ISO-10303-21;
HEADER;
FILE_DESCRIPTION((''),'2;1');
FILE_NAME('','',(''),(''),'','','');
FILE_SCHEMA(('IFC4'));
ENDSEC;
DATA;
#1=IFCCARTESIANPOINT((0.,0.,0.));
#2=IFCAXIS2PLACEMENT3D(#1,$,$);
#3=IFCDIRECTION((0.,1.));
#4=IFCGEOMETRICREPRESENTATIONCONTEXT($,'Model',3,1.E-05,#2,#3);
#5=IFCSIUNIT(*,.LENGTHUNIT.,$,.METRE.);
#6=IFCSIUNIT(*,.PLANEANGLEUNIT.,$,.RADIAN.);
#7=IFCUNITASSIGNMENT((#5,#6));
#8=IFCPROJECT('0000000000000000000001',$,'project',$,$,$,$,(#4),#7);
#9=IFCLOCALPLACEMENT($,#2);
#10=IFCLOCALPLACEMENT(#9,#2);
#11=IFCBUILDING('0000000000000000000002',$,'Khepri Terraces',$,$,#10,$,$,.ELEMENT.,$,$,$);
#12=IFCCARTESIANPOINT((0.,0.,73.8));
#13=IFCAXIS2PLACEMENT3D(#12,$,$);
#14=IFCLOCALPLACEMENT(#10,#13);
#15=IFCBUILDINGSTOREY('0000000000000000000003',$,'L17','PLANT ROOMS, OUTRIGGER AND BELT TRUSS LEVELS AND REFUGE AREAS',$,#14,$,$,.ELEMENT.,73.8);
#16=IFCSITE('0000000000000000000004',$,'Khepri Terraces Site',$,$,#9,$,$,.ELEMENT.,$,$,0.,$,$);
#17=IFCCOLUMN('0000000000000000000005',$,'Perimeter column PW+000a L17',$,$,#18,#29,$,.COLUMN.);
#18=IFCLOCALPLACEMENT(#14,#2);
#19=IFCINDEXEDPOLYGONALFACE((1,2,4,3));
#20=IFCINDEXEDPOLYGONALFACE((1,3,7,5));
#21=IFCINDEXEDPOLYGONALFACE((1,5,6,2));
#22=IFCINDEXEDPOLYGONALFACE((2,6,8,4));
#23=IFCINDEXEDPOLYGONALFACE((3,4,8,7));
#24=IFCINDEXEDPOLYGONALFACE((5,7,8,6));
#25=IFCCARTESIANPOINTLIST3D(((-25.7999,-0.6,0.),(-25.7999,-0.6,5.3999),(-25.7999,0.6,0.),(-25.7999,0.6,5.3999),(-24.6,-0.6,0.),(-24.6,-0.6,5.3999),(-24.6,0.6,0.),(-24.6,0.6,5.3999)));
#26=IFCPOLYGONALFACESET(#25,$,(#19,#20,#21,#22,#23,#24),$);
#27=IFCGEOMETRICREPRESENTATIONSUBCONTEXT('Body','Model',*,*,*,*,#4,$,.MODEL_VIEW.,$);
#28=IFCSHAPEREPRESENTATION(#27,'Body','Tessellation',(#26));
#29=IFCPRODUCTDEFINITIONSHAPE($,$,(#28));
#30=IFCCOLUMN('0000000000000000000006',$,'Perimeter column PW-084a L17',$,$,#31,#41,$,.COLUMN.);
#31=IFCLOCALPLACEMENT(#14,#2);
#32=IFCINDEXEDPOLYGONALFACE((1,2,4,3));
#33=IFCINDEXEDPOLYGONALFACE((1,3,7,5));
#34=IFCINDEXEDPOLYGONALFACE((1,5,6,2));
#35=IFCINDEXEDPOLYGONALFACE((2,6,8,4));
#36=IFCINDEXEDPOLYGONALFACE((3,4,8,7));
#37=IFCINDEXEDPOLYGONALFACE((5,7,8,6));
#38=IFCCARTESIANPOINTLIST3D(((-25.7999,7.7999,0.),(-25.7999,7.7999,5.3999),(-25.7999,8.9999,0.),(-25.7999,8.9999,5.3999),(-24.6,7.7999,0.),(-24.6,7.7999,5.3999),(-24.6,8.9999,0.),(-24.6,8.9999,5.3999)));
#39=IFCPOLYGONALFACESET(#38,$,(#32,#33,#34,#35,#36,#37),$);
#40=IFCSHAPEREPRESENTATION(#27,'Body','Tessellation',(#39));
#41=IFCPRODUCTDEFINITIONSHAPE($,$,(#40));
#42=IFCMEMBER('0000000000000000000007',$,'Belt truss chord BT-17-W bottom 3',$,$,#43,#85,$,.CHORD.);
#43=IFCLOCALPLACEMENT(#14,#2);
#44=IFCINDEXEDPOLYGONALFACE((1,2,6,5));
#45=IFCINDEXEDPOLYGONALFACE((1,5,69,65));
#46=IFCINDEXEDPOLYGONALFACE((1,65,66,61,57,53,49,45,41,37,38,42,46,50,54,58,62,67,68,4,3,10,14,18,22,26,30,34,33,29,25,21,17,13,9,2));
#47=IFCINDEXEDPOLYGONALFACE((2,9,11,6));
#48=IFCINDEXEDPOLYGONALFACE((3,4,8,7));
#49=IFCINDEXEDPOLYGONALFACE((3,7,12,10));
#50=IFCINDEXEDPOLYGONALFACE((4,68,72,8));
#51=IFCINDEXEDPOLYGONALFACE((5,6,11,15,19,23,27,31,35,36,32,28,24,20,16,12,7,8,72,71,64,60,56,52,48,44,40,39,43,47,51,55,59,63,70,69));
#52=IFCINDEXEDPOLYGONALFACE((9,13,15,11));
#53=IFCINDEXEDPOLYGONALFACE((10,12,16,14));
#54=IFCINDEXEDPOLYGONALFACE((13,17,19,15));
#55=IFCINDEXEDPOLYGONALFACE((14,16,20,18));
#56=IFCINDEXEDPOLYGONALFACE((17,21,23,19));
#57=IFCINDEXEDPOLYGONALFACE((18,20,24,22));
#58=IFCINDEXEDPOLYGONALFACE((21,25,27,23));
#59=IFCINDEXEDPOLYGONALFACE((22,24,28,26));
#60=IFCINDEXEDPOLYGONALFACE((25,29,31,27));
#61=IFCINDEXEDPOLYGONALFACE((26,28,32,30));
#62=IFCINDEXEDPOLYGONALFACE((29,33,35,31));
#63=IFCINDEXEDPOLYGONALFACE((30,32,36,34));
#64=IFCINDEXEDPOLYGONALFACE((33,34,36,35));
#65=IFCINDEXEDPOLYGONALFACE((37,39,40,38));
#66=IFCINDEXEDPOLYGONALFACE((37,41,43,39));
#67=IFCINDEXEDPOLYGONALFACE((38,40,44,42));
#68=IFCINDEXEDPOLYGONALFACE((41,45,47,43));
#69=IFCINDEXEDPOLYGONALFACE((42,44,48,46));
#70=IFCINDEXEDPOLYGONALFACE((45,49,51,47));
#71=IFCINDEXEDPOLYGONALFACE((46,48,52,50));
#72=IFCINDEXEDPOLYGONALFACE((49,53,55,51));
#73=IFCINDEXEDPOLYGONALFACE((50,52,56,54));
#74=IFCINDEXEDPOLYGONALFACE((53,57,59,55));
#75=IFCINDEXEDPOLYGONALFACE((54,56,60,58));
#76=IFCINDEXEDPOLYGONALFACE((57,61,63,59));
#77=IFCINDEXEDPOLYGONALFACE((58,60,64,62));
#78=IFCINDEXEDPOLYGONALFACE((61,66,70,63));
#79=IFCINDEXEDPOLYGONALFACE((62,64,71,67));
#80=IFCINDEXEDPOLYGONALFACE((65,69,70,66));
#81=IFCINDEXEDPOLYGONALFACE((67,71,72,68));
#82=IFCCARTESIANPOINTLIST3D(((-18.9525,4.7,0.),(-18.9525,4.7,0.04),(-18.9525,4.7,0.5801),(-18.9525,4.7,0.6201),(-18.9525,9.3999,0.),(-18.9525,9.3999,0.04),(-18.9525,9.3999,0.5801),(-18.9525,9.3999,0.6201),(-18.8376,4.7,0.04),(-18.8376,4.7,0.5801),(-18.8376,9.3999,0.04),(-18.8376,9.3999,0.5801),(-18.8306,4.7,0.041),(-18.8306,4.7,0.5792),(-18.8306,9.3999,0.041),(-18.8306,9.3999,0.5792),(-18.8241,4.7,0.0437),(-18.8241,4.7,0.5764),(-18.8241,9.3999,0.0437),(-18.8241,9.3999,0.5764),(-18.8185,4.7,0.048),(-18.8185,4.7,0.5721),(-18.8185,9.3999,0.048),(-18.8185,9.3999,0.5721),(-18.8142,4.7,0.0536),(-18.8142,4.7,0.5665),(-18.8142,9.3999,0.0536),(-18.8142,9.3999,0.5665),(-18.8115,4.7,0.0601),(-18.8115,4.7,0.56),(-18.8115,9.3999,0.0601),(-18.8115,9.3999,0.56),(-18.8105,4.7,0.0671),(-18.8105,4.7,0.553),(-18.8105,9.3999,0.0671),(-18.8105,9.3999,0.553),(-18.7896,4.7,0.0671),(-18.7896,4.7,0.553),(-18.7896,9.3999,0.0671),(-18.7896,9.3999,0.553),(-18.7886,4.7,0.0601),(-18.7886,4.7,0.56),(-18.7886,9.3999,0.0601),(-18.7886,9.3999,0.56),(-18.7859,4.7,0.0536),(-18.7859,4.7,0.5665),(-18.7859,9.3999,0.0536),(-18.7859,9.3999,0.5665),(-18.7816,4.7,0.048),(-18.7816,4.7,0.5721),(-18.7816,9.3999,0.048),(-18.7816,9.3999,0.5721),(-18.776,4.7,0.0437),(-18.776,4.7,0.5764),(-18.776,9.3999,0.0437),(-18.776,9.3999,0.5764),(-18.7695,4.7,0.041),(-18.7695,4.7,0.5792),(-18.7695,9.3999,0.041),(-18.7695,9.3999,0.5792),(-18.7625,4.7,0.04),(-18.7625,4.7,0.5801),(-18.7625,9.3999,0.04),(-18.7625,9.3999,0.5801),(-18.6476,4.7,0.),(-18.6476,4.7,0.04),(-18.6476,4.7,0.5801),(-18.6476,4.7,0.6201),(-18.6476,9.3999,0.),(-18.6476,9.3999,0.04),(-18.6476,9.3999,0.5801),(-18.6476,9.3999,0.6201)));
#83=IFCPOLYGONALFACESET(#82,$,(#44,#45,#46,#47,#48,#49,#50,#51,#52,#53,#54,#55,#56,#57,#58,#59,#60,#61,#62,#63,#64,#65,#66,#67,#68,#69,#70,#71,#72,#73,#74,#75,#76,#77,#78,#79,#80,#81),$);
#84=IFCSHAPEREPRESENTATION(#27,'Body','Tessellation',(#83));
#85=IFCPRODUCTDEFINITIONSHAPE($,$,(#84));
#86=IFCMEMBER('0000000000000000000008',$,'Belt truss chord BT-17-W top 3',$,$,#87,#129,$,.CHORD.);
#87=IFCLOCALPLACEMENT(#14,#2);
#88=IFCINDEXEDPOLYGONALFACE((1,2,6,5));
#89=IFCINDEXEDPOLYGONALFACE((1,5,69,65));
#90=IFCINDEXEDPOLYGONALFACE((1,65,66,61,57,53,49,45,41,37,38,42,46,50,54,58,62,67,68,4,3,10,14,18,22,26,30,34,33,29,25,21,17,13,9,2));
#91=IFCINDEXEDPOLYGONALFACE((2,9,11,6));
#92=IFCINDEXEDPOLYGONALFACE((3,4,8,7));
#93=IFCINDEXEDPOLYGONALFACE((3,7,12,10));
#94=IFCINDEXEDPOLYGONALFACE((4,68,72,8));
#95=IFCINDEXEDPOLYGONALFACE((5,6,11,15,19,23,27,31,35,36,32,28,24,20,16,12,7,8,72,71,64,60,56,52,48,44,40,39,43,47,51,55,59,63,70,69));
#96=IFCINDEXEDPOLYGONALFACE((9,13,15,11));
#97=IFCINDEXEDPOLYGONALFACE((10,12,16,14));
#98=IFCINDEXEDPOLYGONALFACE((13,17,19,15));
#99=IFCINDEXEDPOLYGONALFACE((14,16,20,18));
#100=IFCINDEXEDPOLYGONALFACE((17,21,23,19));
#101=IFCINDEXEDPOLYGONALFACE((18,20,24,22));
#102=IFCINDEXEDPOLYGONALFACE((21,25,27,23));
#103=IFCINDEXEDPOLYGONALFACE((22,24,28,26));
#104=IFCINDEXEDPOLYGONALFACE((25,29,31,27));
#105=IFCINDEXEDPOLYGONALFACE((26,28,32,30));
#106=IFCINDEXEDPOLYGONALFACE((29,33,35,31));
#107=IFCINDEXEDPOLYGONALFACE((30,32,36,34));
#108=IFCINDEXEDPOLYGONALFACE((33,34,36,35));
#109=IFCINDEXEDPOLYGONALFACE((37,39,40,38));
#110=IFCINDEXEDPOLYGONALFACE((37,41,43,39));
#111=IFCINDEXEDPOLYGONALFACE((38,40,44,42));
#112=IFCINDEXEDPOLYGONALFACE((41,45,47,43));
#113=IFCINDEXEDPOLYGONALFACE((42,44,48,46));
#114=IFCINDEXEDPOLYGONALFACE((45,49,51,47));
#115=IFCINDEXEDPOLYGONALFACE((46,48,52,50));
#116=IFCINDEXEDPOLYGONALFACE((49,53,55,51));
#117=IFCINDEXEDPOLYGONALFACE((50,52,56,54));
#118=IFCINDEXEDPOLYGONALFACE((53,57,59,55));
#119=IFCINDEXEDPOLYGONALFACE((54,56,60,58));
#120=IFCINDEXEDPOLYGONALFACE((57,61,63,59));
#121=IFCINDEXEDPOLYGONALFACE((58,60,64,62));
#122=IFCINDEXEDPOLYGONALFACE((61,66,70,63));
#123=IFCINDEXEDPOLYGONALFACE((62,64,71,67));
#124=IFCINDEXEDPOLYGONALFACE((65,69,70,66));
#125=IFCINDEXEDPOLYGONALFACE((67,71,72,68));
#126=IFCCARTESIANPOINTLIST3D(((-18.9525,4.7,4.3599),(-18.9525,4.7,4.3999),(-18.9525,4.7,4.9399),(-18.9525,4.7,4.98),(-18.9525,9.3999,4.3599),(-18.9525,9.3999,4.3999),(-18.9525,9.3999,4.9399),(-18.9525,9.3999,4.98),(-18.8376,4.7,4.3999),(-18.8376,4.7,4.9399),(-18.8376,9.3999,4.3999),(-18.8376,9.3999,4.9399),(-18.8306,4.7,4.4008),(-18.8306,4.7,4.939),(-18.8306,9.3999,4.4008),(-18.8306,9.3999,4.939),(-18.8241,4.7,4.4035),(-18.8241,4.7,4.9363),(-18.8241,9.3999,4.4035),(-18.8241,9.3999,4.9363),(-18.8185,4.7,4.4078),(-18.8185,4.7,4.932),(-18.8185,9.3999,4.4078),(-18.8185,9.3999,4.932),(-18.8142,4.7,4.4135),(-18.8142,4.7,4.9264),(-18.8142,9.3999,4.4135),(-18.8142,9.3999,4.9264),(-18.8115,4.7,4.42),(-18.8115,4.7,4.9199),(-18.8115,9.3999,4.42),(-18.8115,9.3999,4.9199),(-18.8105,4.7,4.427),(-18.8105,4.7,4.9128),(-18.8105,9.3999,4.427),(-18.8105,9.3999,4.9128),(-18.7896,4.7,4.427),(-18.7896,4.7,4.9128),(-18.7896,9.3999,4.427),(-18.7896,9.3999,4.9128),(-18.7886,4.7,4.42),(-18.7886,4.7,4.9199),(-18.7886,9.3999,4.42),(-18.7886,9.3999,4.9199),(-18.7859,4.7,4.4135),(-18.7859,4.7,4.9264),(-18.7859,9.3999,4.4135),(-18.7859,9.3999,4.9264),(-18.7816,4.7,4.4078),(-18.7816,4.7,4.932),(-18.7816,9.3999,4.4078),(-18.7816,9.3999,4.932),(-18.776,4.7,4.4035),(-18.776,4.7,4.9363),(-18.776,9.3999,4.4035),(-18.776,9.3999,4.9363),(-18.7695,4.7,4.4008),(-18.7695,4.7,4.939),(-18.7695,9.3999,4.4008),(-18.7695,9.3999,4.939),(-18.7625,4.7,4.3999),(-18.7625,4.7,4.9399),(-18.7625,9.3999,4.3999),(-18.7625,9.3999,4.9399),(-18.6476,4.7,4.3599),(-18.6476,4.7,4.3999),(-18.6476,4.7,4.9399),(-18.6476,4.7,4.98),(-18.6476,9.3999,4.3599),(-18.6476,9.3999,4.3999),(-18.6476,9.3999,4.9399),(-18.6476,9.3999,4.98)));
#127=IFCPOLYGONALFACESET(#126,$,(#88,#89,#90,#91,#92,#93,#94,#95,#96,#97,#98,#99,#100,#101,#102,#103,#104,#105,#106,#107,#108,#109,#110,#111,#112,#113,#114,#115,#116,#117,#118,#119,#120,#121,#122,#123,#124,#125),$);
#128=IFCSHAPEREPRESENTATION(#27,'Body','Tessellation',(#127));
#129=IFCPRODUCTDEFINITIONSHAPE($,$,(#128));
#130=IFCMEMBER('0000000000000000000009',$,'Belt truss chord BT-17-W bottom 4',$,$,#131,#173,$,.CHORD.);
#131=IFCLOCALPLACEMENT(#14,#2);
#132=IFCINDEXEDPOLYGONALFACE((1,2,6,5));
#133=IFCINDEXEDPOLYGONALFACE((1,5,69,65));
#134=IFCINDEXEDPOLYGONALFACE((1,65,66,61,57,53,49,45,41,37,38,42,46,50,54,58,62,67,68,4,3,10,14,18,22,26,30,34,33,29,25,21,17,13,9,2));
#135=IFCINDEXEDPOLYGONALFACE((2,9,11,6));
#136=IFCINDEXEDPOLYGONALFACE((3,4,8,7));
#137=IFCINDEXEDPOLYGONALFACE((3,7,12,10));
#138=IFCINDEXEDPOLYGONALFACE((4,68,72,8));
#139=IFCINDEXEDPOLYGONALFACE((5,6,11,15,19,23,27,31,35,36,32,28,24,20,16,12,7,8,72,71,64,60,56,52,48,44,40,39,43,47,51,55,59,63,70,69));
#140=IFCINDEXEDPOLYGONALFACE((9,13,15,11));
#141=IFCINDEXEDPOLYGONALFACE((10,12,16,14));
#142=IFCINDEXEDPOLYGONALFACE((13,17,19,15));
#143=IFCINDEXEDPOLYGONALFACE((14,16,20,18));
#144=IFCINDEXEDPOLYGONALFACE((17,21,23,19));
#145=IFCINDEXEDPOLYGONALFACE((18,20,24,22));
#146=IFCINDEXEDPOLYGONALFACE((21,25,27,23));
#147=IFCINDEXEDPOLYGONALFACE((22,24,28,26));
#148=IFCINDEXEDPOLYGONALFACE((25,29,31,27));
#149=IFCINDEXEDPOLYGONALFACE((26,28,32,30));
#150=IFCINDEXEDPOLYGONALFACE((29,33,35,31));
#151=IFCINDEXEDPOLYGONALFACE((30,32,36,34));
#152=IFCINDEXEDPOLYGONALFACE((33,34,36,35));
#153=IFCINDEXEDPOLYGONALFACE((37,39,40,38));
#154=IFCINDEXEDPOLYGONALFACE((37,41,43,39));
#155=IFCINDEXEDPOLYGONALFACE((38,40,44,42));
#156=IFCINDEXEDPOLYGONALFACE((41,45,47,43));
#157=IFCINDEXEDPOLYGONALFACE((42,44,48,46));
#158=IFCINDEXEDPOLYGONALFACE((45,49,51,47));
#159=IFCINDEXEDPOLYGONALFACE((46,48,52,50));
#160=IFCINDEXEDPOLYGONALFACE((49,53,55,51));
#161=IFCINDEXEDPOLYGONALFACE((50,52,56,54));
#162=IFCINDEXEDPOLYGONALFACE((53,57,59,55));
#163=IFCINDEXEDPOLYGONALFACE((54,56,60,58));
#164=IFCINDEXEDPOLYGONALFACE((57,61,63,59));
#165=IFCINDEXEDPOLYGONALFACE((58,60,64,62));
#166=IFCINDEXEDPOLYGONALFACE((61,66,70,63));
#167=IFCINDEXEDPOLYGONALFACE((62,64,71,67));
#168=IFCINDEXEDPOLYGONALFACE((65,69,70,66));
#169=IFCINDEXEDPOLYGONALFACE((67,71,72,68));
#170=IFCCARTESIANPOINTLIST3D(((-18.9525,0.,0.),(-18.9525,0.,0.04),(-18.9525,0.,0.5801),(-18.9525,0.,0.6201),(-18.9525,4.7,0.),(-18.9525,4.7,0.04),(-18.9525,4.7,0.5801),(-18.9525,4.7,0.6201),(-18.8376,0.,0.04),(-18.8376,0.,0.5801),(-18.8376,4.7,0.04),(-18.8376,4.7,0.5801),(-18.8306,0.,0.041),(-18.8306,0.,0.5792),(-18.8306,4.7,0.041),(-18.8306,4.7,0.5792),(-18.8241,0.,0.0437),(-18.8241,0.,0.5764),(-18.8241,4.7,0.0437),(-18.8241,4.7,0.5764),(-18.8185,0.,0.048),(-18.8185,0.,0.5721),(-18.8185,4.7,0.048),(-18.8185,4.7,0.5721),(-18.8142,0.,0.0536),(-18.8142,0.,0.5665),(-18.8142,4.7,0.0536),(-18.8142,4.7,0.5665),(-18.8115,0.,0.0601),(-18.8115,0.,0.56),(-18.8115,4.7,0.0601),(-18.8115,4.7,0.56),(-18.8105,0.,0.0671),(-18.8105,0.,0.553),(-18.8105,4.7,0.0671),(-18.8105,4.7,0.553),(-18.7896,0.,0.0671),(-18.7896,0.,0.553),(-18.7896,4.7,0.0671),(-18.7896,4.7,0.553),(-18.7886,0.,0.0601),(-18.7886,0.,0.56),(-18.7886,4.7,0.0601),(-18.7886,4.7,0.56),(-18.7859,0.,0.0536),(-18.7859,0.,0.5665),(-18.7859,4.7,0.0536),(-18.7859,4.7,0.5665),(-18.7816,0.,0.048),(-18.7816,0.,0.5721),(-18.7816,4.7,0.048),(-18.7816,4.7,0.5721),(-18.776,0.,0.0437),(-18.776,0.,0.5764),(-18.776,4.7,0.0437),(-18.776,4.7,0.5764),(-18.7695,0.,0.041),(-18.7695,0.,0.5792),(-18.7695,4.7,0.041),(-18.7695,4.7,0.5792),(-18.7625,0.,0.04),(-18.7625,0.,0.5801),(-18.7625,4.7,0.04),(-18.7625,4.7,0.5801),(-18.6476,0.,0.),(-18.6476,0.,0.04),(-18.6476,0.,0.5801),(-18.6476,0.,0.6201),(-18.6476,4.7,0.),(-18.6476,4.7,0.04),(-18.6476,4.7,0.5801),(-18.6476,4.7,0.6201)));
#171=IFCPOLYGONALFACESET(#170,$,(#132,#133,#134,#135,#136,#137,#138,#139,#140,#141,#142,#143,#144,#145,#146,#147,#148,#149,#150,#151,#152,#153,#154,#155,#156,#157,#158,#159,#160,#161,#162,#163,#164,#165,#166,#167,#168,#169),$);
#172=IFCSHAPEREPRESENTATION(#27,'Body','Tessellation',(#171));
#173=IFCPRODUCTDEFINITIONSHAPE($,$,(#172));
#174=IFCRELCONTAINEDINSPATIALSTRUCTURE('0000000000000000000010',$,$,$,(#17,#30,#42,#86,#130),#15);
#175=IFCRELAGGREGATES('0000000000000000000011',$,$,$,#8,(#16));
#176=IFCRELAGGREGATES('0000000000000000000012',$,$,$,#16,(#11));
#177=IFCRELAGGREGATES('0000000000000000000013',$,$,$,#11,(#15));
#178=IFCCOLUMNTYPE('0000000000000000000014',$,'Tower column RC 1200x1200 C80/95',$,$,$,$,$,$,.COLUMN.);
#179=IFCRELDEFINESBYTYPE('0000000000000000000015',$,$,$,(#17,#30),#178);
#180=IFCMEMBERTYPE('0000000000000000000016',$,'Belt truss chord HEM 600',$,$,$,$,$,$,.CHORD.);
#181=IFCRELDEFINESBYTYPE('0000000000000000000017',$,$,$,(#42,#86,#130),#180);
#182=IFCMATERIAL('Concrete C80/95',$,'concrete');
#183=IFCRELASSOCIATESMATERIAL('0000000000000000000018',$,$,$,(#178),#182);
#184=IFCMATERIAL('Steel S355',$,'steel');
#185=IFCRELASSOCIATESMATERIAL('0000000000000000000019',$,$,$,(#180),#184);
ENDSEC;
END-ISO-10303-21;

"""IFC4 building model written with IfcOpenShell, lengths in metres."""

from ifc_helpers import new_model, si_unit, direction, frame, origin, origin_2d, place, context, subcontext, project, spatial, rectangle, i_section, extrude, material, material_profile, profile_set, type_object, element, save


model = new_model("IFC4")

# Units and contexts
model_context = context("Model", 3, precision=1e-05, world=origin(), true_north=direction((0.0, 1.0)))
body_context = subcontext(model_context, "Body", "Model", "MODEL_VIEW")
ifc_project = project(units=[si_unit("LENGTHUNIT", "METRE"), si_unit("PLANEANGLEUNIT", "RADIAN")], contexts=[model_context])

# Site, building, storey
site_placement = place(None, origin())
site = spatial("IfcSite", under=ifc_project, at=site_placement, Name="Khepri Terraces Site", CompositionType="ELEMENT", RefElevation=0.0)
building_placement = place(site_placement, origin())
building = spatial("IfcBuilding", under=site, at=building_placement, Name="Khepri Terraces", CompositionType="ELEMENT")
storey_placement = place(building_placement, frame((0.0, 0.0, 73.8)))
storey = spatial("IfcBuildingStorey", under=building, at=storey_placement, Name="L17", Description="PLANT ROOMS, OUTRIGGER AND BELT TRUSS LEVELS AND REFUGE AREAS", CompositionType="ELEMENT", Elevation=73.8)

# Columns
ifc_material_1 = material(Name="Concrete C80/95", Category="concrete")
ifc_material_profile_1 = material_profile(ifc_material_1, rectangle(XDim=1.2, YDim=1.2, at=origin_2d()), Name="Concrete C80/95", Category="concrete")
ifc_profile_set_1 = profile_set([ifc_material_profile_1], Name="Concrete C80/95")
column_type = type_object("IfcColumnType", Name="Tower column RC 1200x1200 C80/95", PredefinedType="COLUMN", material=ifc_profile_set_1)
for number, where, z_axis, x_axis, name in (
    (1, (-25.2, 0.0, 0.0), (0.0, 0.0, 1.0), (1.0, 0.0, 0.0), "Perimeter column PW+000a L17"),
    (2, (-25.2, 8.3999, 0.0), (0.0, 0.0, 1.0), (1.0, 0.0, 0.0), "Perimeter column PW-084a L17"),
):
    element("IfcColumn", number, at=place(storey_placement, frame(where, z_axis=z_axis, x_axis=x_axis)), inside=storey, type_object=column_type, Name=name, PredefinedType="COLUMN", context=body_context, shape_type="SweptSolid", body=[
        extrude(rectangle(XDim=1.2, YDim=1.2, at=origin_2d()), origin(), (0.0, 0.0, 1.0), 5.3999),
    ])

# Members
ifc_material_2 = material(Name="Steel S355", Category="steel")
ifc_material_profile_2 = material_profile(ifc_material_2, i_section(OverallWidth=0.3049, OverallDepth=0.6201, WebThickness=0.021, FlangeThickness=0.04, FilletRadius=0.0271, at=origin_2d()), Name="Steel S355", Category="steel")
ifc_profile_set_2 = profile_set([ifc_material_profile_2], Name="Steel S355")
member_type_1 = type_object("IfcMemberType", Name="Belt truss chord HEM 600", PredefinedType="CHORD", material=ifc_profile_set_2)
for number, where, z_axis, x_axis, name in (
    (3, (-18.8, 9.3999, 0.3101), (0.0, -1.0, 0.0), (1.0, 0.0, 0.0), "Belt truss chord BT-17-W bottom 3"),
    (4, (-18.8, 9.3999, 4.6699), (0.0, -1.0, 0.0), (1.0, 0.0, 0.0), "Belt truss chord BT-17-W top 3"),
    (5, (-18.8, 4.7, 0.3101), (0.0, -1.0, 0.0), (1.0, 0.0, 0.0), "Belt truss chord BT-17-W bottom 4"),
):
    element("IfcMember", number, at=place(storey_placement, frame(where, z_axis=z_axis, x_axis=x_axis)), inside=storey, type_object=member_type_1, Name=name, PredefinedType="CHORD", context=body_context, shape_type="SweptSolid", body=[
        extrude(i_section(OverallWidth=0.3049, OverallDepth=0.6201, WebThickness=0.021, FlangeThickness=0.04, FilletRadius=0.0271, at=origin_2d()), origin(), (0.0, 0.0, 1.0), 4.7),
    ])

save(model, "model.ifc")
